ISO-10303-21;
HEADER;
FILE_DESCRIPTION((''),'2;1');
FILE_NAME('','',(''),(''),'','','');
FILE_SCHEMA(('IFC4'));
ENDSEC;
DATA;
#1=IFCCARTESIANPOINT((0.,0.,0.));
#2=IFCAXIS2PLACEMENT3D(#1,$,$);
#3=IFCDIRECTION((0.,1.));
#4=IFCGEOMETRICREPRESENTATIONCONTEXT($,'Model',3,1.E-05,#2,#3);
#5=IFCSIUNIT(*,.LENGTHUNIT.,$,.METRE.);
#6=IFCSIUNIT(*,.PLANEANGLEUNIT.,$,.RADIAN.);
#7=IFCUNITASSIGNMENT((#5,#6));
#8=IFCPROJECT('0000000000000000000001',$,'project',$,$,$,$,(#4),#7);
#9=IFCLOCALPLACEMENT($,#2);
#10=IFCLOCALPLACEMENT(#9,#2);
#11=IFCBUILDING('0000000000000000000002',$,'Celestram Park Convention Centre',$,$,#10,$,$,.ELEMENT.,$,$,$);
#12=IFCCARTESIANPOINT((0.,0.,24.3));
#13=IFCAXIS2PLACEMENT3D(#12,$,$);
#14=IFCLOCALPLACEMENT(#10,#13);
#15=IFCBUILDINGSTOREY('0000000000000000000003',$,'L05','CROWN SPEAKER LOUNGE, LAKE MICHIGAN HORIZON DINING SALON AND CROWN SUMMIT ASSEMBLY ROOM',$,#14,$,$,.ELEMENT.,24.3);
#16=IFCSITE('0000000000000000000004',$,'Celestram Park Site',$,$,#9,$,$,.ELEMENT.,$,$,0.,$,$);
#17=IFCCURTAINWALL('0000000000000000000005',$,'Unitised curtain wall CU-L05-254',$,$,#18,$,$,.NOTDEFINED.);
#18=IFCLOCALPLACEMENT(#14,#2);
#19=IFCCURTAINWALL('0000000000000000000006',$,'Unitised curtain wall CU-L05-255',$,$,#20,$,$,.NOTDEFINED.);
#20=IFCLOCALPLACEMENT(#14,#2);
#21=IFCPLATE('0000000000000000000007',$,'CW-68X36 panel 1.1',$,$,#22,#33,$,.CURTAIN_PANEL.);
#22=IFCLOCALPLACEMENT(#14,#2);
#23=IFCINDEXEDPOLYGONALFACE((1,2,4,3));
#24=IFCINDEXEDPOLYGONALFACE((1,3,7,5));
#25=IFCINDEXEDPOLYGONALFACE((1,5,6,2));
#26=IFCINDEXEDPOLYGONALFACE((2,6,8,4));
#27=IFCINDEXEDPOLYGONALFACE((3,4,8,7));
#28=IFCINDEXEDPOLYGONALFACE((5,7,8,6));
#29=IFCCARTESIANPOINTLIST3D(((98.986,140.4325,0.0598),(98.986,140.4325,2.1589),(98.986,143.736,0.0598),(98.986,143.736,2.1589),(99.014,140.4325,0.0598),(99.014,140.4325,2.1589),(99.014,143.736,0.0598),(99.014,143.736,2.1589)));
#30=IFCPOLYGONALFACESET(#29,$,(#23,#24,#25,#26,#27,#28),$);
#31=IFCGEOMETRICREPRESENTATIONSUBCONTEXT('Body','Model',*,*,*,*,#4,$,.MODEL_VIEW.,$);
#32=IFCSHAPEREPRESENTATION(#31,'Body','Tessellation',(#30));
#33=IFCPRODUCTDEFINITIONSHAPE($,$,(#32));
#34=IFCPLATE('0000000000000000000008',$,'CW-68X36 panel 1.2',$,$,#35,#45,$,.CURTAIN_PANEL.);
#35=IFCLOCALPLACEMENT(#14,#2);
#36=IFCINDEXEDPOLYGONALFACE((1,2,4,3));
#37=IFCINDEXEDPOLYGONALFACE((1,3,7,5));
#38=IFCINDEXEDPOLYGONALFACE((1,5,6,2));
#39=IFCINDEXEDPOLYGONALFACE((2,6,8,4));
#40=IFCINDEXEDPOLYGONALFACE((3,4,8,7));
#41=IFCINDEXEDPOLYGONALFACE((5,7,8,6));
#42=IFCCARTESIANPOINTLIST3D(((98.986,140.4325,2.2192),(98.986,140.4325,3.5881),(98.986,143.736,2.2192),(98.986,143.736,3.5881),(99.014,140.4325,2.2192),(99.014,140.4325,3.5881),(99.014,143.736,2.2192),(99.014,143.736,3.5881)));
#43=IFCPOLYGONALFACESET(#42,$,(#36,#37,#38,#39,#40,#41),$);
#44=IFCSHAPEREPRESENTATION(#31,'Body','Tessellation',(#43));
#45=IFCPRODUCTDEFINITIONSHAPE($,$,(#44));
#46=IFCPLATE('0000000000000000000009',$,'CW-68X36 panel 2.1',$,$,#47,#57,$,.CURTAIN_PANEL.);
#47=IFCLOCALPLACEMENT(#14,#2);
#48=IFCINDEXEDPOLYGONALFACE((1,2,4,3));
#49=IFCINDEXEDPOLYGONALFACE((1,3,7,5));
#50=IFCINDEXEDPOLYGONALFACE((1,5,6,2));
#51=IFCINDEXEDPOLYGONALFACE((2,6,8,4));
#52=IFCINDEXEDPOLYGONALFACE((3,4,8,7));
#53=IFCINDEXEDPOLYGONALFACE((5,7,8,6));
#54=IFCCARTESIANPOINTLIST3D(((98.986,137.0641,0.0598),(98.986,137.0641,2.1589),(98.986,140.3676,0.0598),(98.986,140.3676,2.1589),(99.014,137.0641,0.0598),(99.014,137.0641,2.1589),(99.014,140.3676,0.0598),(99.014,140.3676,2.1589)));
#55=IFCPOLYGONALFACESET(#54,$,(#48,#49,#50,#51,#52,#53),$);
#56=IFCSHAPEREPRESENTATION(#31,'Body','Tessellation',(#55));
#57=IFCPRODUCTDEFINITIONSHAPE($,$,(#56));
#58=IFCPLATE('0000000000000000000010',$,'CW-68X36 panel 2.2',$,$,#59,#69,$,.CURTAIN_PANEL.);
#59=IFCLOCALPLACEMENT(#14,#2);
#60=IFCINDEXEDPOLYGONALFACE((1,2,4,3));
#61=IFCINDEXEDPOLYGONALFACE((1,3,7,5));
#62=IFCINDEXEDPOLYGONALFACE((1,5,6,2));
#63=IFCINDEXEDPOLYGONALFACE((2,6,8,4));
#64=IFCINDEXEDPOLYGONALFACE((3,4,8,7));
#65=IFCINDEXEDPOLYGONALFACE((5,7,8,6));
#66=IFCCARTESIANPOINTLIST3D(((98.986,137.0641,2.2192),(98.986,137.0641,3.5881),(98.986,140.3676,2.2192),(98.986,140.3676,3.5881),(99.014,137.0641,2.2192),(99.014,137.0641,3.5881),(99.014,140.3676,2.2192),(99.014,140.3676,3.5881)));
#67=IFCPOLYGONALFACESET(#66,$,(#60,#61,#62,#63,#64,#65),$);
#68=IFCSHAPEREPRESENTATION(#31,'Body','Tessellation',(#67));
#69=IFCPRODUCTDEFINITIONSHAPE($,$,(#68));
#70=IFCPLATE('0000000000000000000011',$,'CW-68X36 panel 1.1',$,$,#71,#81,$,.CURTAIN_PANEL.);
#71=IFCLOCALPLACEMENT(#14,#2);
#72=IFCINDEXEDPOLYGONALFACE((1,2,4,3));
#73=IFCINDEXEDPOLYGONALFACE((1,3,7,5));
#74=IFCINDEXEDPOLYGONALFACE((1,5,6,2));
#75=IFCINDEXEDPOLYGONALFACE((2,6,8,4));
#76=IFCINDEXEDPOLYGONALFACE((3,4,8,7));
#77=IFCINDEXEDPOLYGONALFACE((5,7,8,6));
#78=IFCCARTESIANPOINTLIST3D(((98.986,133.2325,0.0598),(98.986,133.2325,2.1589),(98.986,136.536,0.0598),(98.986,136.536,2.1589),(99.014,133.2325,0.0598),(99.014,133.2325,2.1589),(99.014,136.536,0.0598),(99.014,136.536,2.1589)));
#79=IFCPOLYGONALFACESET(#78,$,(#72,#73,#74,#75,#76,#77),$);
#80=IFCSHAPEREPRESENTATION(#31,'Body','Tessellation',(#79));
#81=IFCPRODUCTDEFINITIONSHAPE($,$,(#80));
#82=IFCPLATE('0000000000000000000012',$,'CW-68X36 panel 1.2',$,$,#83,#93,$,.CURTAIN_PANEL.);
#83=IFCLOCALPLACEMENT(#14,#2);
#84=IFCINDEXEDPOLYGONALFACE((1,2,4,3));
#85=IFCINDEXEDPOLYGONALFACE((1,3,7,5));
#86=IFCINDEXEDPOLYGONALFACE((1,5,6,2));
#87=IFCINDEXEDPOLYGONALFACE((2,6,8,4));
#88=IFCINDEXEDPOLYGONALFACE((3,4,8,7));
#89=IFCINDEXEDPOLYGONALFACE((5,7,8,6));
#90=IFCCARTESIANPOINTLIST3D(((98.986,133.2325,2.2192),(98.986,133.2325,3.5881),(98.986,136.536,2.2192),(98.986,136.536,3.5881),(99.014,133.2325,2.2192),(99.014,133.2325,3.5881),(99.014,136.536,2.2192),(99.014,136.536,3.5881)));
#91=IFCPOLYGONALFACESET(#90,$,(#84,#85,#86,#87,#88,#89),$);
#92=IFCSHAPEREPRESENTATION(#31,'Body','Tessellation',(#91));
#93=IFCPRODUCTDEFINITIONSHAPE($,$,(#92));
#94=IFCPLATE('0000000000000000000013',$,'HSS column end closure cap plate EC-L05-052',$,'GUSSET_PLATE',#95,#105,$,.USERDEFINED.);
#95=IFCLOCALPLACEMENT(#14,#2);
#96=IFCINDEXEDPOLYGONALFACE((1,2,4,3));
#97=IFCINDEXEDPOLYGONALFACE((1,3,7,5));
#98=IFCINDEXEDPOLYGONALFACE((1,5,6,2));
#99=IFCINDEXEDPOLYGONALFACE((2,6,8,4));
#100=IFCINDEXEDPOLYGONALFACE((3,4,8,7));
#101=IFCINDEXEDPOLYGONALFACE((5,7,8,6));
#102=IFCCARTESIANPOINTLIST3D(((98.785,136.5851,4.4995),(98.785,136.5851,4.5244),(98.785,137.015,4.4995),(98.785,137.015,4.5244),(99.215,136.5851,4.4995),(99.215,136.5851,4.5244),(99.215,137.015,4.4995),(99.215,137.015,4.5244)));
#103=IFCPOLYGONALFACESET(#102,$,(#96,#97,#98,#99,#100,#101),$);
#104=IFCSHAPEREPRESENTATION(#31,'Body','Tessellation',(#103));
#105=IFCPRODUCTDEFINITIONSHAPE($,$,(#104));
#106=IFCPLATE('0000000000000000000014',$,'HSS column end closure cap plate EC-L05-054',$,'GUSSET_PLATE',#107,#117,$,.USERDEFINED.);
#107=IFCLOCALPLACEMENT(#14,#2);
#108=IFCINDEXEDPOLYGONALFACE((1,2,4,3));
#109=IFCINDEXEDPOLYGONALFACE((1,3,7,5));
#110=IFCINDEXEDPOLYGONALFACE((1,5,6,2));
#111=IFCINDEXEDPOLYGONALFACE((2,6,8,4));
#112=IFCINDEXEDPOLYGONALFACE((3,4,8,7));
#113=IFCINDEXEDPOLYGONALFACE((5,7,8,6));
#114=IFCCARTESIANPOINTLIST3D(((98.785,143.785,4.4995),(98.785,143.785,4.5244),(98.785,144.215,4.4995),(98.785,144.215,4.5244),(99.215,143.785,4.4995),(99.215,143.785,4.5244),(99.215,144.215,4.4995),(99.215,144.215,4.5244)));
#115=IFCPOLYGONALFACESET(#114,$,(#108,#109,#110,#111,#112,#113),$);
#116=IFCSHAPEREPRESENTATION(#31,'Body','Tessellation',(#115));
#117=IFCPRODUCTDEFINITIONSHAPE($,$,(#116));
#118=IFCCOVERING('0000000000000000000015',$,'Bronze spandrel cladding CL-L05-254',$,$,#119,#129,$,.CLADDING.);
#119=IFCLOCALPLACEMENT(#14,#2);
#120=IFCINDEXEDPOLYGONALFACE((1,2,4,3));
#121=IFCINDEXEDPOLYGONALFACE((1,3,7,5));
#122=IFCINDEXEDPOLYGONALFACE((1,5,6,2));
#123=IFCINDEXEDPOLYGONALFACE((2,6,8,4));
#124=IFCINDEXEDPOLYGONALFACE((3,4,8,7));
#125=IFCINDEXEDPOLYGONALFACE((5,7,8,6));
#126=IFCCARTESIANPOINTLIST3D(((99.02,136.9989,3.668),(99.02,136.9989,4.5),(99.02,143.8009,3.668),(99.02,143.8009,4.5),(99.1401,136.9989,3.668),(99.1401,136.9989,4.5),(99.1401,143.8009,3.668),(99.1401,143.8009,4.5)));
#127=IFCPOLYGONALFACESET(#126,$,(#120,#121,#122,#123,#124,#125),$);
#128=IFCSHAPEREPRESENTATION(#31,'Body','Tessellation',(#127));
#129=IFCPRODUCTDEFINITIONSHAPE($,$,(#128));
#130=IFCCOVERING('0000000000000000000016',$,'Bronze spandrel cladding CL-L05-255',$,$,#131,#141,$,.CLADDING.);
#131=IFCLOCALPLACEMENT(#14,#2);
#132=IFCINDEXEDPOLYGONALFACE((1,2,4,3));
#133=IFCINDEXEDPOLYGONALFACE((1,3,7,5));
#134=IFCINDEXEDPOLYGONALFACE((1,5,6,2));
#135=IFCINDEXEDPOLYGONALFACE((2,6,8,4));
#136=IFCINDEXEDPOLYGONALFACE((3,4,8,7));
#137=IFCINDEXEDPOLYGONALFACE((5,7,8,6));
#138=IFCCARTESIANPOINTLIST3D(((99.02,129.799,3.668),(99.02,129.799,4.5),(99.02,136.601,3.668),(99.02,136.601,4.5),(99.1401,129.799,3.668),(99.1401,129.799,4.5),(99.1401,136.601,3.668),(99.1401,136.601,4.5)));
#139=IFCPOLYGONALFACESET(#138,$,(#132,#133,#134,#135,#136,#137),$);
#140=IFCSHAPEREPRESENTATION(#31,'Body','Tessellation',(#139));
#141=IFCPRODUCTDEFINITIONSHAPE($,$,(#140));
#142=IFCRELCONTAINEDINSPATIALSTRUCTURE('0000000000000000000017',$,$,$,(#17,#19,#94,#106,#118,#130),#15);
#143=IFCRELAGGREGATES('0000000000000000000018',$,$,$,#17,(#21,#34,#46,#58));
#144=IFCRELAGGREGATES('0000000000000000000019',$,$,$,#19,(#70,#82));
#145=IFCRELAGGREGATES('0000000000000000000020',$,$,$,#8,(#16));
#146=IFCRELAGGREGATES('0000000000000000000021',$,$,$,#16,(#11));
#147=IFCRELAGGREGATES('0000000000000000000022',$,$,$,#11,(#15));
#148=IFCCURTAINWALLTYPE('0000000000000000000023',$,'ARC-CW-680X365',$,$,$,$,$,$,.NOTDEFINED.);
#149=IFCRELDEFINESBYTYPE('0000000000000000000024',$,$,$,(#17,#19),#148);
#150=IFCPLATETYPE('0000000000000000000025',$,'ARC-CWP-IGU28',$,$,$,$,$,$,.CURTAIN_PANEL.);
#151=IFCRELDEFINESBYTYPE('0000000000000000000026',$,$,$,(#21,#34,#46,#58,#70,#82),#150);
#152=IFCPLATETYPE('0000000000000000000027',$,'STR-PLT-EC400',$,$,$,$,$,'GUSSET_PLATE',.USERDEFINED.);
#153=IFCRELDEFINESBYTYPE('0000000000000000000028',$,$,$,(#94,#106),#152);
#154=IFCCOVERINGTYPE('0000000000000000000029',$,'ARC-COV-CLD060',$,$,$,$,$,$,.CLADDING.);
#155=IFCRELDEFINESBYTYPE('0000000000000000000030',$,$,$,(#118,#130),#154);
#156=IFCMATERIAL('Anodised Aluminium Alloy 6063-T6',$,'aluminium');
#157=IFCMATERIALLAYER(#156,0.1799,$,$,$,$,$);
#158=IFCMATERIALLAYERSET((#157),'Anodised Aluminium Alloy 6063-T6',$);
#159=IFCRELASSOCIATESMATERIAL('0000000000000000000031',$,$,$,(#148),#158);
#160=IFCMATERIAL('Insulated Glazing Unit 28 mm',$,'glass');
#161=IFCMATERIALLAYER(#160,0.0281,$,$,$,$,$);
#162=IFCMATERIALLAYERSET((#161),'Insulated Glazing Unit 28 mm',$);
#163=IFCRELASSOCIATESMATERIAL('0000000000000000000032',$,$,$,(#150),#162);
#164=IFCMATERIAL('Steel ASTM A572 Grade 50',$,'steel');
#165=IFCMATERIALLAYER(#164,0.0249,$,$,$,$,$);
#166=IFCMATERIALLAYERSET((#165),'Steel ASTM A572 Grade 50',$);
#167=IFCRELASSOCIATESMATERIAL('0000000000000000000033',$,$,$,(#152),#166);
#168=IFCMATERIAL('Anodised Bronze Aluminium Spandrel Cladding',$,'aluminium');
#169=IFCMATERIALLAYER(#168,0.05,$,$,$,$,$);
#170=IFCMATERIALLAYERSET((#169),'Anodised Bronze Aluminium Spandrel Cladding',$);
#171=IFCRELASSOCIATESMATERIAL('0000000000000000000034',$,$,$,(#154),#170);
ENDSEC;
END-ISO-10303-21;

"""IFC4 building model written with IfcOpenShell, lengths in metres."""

from ifc_helpers import new_model, si_unit, direction, frame, origin, origin_2d, place, context, subcontext, project, spatial, rectangle, extrude, material, layer, layer_set, type_object, element, aggregate, save


model = new_model("IFC4")

# Units and contexts
model_context = context("Model", 3, precision=1e-05, world=origin(), true_north=direction((0.0, 1.0)))
body_context = subcontext(model_context, "Body", "Model", "MODEL_VIEW")
ifc_project = project(units=[si_unit("LENGTHUNIT", "METRE"), si_unit("PLANEANGLEUNIT", "RADIAN")], contexts=[model_context])

# Site, building, storey
site_placement = place(None, origin())
site = spatial("IfcSite", under=ifc_project, at=site_placement, Name="Celestram Park Site", CompositionType="ELEMENT", RefElevation=0.0)
building_placement = place(site_placement, origin())
building = spatial("IfcBuilding", under=site, at=building_placement, Name="Celestram Park Convention Centre", CompositionType="ELEMENT")
storey_placement = place(building_placement, frame((0.0, 0.0, 24.3)))
storey = spatial("IfcBuildingStorey", under=building, at=storey_placement, Name="L05", Description="CROWN SPEAKER LOUNGE, LAKE MICHIGAN HORIZON DINING SALON AND CROWN SUMMIT ASSEMBLY ROOM", CompositionType="ELEMENT", Elevation=24.3)

# Curtain walls
ifc_material_1 = material(Name="Anodised Aluminium Alloy 6063-T6", Category="aluminium")
ifc_layer_1 = layer(ifc_material_1, 0.1799)
ifc_layer_set_1 = layer_set([ifc_layer_1], Name="Anodised Aluminium Alloy 6063-T6")
curtain_wall_type = type_object("IfcCurtainWallType", Name="ARC-CW-680X365", PredefinedType="NOTDEFINED", material=ifc_layer_set_1)
curtain_wall_1_placement = place(storey_placement, origin())
curtain_wall_1 = element("IfcCurtainWall", 1, at=curtain_wall_1_placement, inside=storey, type_object=curtain_wall_type, Name="Unitised curtain wall CU-L05-254", PredefinedType="NOTDEFINED")
curtain_wall_2_placement = place(storey_placement, origin())
curtain_wall_2 = element("IfcCurtainWall", 2, at=curtain_wall_2_placement, inside=storey, type_object=curtain_wall_type, Name="Unitised curtain wall CU-L05-255", PredefinedType="NOTDEFINED")

# Plates
ifc_material_2 = material(Name="Insulated Glazing Unit 28 mm", Category="glass")
ifc_layer_2 = layer(ifc_material_2, 0.0281)
ifc_layer_set_2 = layer_set([ifc_layer_2], Name="Insulated Glazing Unit 28 mm")
plate_type_1 = type_object("IfcPlateType", Name="ARC-CWP-IGU28", PredefinedType="CURTAIN_PANEL", material=ifc_layer_set_2)
plate_1_placement = place(storey_placement, frame((99.0, 142.0842, 0.0598), z_axis=(0.0, 0.0, 1.0), x_axis=(0.0, -1.0, 0.0)))
plate_1 = element("IfcPlate", 3, at=plate_1_placement, type_object=plate_type_1, Name="CW-68X36 panel 1.1", PredefinedType="CURTAIN_PANEL", context=body_context, shape_type="SweptSolid", body=[
    extrude(rectangle(XDim=3.3035, YDim=0.0281, at=origin_2d()), origin(), (0.0, 0.0, 1.0), 2.0991),
])
plate_2_placement = place(storey_placement, frame((99.0, 142.0842, 2.2192), z_axis=(0.0, 0.0, 1.0), x_axis=(0.0, -1.0, 0.0)))
plate_2 = element("IfcPlate", 4, at=plate_2_placement, type_object=plate_type_1, Name="CW-68X36 panel 1.2", PredefinedType="CURTAIN_PANEL", context=body_context, shape_type="SweptSolid", body=[
    extrude(rectangle(XDim=3.3035, YDim=0.0281, at=origin_2d()), origin(), (0.0, 0.0, 1.0), 1.3689),
])
plate_3_placement = place(storey_placement, frame((99.0, 138.7158, 0.0598), z_axis=(0.0, 0.0, 1.0), x_axis=(0.0, -1.0, 0.0)))
plate_3 = element("IfcPlate", 5, at=plate_3_placement, type_object=plate_type_1, Name="CW-68X36 panel 2.1", PredefinedType="CURTAIN_PANEL", context=body_context, shape_type="SweptSolid", body=[
    extrude(rectangle(XDim=3.3035, YDim=0.0281, at=origin_2d()), origin(), (0.0, 0.0, 1.0), 2.0991),
])
plate_4_placement = place(storey_placement, frame((99.0, 138.7158, 2.2192), z_axis=(0.0, 0.0, 1.0), x_axis=(0.0, -1.0, 0.0)))
plate_4 = element("IfcPlate", 6, at=plate_4_placement, type_object=plate_type_1, Name="CW-68X36 panel 2.2", PredefinedType="CURTAIN_PANEL", context=body_context, shape_type="SweptSolid", body=[
    extrude(rectangle(XDim=3.3035, YDim=0.0281, at=origin_2d()), origin(), (0.0, 0.0, 1.0), 1.3689),
])
aggregate(curtain_wall_1, [plate_1, plate_2, plate_3, plate_4])
plate_5_placement = place(storey_placement, frame((99.0, 134.8843, 0.0598), z_axis=(0.0, 0.0, 1.0), x_axis=(0.0, -1.0, 0.0)))
plate_5 = element("IfcPlate", 7, at=plate_5_placement, type_object=plate_type_1, Name="CW-68X36 panel 1.1", PredefinedType="CURTAIN_PANEL", context=body_context, shape_type="SweptSolid", body=[
    extrude(rectangle(XDim=3.3035, YDim=0.0281, at=origin_2d()), origin(), (0.0, 0.0, 1.0), 2.0991),
])
plate_6_placement = place(storey_placement, frame((99.0, 134.8843, 2.2192), z_axis=(0.0, 0.0, 1.0), x_axis=(0.0, -1.0, 0.0)))
plate_6 = element("IfcPlate", 8, at=plate_6_placement, type_object=plate_type_1, Name="CW-68X36 panel 1.2", PredefinedType="CURTAIN_PANEL", context=body_context, shape_type="SweptSolid", body=[
    extrude(rectangle(XDim=3.3035, YDim=0.0281, at=origin_2d()), origin(), (0.0, 0.0, 1.0), 1.3689),
])
aggregate(curtain_wall_2, [plate_5, plate_6])

# Plates
ifc_material_3 = material(Name="Steel ASTM A572 Grade 50", Category="steel")
ifc_layer_3 = layer(ifc_material_3, 0.0249)
ifc_layer_set_3 = layer_set([ifc_layer_3], Name="Steel ASTM A572 Grade 50")
plate_type_2 = type_object("IfcPlateType", Name="STR-PLT-EC400", ElementType="GUSSET_PLATE", PredefinedType="USERDEFINED", material=ifc_layer_set_3)
for number, where, z_axis, x_axis, name in (
    (9, (99.0, 136.8, 4.4995), (0.0, 0.0, 1.0), (1.0, 0.0, 0.0), "HSS column end closure cap plate EC-L05-052"),
    (10, (99.0, 144.0, 4.4995), (0.0, 0.0, 1.0), (1.0, 0.0, 0.0), "HSS column end closure cap plate EC-L05-054"),
):
    element("IfcPlate", number, at=place(storey_placement, frame(where, z_axis=z_axis, x_axis=x_axis)), inside=storey, type_object=plate_type_2, Name=name, ObjectType="GUSSET_PLATE", PredefinedType="USERDEFINED", context=body_context, shape_type="SweptSolid", body=[
        extrude(rectangle(XDim=0.4299, YDim=0.4299, at=origin_2d()), origin(), (0.0, 0.0, 1.0), 0.0249),
    ])

# Coverings
ifc_material_4 = material(Name="Anodised Bronze Aluminium Spandrel Cladding", Category="aluminium")
ifc_layer_4 = layer(ifc_material_4, 0.05)
ifc_layer_set_4 = layer_set([ifc_layer_4], Name="Anodised Bronze Aluminium Spandrel Cladding")
covering_type = type_object("IfcCoveringType", Name="ARC-COV-CLD060", PredefinedType="CLADDING", material=ifc_layer_set_4)
for number, where, z_axis, x_axis, name in (
    (11, (99.0801, 140.3999, 3.668), (0.0, 0.0, 1.0), (0.0, -1.0, 0.0), "Bronze spandrel cladding CL-L05-254"),
    (12, (99.0801, 133.2, 3.668), (0.0, 0.0, 1.0), (0.0, -1.0, 0.0), "Bronze spandrel cladding CL-L05-255"),
):
    element("IfcCovering", number, at=place(storey_placement, frame(where, z_axis=z_axis, x_axis=x_axis)), inside=storey, type_object=covering_type, Name=name, PredefinedType="CLADDING", context=body_context, shape_type="SweptSolid", body=[
        extrude(rectangle(XDim=6.802, YDim=0.1201, at=origin_2d()), origin(), (0.0, 0.0, 1.0), 0.832),
    ])

save(model, "model.ifc")
